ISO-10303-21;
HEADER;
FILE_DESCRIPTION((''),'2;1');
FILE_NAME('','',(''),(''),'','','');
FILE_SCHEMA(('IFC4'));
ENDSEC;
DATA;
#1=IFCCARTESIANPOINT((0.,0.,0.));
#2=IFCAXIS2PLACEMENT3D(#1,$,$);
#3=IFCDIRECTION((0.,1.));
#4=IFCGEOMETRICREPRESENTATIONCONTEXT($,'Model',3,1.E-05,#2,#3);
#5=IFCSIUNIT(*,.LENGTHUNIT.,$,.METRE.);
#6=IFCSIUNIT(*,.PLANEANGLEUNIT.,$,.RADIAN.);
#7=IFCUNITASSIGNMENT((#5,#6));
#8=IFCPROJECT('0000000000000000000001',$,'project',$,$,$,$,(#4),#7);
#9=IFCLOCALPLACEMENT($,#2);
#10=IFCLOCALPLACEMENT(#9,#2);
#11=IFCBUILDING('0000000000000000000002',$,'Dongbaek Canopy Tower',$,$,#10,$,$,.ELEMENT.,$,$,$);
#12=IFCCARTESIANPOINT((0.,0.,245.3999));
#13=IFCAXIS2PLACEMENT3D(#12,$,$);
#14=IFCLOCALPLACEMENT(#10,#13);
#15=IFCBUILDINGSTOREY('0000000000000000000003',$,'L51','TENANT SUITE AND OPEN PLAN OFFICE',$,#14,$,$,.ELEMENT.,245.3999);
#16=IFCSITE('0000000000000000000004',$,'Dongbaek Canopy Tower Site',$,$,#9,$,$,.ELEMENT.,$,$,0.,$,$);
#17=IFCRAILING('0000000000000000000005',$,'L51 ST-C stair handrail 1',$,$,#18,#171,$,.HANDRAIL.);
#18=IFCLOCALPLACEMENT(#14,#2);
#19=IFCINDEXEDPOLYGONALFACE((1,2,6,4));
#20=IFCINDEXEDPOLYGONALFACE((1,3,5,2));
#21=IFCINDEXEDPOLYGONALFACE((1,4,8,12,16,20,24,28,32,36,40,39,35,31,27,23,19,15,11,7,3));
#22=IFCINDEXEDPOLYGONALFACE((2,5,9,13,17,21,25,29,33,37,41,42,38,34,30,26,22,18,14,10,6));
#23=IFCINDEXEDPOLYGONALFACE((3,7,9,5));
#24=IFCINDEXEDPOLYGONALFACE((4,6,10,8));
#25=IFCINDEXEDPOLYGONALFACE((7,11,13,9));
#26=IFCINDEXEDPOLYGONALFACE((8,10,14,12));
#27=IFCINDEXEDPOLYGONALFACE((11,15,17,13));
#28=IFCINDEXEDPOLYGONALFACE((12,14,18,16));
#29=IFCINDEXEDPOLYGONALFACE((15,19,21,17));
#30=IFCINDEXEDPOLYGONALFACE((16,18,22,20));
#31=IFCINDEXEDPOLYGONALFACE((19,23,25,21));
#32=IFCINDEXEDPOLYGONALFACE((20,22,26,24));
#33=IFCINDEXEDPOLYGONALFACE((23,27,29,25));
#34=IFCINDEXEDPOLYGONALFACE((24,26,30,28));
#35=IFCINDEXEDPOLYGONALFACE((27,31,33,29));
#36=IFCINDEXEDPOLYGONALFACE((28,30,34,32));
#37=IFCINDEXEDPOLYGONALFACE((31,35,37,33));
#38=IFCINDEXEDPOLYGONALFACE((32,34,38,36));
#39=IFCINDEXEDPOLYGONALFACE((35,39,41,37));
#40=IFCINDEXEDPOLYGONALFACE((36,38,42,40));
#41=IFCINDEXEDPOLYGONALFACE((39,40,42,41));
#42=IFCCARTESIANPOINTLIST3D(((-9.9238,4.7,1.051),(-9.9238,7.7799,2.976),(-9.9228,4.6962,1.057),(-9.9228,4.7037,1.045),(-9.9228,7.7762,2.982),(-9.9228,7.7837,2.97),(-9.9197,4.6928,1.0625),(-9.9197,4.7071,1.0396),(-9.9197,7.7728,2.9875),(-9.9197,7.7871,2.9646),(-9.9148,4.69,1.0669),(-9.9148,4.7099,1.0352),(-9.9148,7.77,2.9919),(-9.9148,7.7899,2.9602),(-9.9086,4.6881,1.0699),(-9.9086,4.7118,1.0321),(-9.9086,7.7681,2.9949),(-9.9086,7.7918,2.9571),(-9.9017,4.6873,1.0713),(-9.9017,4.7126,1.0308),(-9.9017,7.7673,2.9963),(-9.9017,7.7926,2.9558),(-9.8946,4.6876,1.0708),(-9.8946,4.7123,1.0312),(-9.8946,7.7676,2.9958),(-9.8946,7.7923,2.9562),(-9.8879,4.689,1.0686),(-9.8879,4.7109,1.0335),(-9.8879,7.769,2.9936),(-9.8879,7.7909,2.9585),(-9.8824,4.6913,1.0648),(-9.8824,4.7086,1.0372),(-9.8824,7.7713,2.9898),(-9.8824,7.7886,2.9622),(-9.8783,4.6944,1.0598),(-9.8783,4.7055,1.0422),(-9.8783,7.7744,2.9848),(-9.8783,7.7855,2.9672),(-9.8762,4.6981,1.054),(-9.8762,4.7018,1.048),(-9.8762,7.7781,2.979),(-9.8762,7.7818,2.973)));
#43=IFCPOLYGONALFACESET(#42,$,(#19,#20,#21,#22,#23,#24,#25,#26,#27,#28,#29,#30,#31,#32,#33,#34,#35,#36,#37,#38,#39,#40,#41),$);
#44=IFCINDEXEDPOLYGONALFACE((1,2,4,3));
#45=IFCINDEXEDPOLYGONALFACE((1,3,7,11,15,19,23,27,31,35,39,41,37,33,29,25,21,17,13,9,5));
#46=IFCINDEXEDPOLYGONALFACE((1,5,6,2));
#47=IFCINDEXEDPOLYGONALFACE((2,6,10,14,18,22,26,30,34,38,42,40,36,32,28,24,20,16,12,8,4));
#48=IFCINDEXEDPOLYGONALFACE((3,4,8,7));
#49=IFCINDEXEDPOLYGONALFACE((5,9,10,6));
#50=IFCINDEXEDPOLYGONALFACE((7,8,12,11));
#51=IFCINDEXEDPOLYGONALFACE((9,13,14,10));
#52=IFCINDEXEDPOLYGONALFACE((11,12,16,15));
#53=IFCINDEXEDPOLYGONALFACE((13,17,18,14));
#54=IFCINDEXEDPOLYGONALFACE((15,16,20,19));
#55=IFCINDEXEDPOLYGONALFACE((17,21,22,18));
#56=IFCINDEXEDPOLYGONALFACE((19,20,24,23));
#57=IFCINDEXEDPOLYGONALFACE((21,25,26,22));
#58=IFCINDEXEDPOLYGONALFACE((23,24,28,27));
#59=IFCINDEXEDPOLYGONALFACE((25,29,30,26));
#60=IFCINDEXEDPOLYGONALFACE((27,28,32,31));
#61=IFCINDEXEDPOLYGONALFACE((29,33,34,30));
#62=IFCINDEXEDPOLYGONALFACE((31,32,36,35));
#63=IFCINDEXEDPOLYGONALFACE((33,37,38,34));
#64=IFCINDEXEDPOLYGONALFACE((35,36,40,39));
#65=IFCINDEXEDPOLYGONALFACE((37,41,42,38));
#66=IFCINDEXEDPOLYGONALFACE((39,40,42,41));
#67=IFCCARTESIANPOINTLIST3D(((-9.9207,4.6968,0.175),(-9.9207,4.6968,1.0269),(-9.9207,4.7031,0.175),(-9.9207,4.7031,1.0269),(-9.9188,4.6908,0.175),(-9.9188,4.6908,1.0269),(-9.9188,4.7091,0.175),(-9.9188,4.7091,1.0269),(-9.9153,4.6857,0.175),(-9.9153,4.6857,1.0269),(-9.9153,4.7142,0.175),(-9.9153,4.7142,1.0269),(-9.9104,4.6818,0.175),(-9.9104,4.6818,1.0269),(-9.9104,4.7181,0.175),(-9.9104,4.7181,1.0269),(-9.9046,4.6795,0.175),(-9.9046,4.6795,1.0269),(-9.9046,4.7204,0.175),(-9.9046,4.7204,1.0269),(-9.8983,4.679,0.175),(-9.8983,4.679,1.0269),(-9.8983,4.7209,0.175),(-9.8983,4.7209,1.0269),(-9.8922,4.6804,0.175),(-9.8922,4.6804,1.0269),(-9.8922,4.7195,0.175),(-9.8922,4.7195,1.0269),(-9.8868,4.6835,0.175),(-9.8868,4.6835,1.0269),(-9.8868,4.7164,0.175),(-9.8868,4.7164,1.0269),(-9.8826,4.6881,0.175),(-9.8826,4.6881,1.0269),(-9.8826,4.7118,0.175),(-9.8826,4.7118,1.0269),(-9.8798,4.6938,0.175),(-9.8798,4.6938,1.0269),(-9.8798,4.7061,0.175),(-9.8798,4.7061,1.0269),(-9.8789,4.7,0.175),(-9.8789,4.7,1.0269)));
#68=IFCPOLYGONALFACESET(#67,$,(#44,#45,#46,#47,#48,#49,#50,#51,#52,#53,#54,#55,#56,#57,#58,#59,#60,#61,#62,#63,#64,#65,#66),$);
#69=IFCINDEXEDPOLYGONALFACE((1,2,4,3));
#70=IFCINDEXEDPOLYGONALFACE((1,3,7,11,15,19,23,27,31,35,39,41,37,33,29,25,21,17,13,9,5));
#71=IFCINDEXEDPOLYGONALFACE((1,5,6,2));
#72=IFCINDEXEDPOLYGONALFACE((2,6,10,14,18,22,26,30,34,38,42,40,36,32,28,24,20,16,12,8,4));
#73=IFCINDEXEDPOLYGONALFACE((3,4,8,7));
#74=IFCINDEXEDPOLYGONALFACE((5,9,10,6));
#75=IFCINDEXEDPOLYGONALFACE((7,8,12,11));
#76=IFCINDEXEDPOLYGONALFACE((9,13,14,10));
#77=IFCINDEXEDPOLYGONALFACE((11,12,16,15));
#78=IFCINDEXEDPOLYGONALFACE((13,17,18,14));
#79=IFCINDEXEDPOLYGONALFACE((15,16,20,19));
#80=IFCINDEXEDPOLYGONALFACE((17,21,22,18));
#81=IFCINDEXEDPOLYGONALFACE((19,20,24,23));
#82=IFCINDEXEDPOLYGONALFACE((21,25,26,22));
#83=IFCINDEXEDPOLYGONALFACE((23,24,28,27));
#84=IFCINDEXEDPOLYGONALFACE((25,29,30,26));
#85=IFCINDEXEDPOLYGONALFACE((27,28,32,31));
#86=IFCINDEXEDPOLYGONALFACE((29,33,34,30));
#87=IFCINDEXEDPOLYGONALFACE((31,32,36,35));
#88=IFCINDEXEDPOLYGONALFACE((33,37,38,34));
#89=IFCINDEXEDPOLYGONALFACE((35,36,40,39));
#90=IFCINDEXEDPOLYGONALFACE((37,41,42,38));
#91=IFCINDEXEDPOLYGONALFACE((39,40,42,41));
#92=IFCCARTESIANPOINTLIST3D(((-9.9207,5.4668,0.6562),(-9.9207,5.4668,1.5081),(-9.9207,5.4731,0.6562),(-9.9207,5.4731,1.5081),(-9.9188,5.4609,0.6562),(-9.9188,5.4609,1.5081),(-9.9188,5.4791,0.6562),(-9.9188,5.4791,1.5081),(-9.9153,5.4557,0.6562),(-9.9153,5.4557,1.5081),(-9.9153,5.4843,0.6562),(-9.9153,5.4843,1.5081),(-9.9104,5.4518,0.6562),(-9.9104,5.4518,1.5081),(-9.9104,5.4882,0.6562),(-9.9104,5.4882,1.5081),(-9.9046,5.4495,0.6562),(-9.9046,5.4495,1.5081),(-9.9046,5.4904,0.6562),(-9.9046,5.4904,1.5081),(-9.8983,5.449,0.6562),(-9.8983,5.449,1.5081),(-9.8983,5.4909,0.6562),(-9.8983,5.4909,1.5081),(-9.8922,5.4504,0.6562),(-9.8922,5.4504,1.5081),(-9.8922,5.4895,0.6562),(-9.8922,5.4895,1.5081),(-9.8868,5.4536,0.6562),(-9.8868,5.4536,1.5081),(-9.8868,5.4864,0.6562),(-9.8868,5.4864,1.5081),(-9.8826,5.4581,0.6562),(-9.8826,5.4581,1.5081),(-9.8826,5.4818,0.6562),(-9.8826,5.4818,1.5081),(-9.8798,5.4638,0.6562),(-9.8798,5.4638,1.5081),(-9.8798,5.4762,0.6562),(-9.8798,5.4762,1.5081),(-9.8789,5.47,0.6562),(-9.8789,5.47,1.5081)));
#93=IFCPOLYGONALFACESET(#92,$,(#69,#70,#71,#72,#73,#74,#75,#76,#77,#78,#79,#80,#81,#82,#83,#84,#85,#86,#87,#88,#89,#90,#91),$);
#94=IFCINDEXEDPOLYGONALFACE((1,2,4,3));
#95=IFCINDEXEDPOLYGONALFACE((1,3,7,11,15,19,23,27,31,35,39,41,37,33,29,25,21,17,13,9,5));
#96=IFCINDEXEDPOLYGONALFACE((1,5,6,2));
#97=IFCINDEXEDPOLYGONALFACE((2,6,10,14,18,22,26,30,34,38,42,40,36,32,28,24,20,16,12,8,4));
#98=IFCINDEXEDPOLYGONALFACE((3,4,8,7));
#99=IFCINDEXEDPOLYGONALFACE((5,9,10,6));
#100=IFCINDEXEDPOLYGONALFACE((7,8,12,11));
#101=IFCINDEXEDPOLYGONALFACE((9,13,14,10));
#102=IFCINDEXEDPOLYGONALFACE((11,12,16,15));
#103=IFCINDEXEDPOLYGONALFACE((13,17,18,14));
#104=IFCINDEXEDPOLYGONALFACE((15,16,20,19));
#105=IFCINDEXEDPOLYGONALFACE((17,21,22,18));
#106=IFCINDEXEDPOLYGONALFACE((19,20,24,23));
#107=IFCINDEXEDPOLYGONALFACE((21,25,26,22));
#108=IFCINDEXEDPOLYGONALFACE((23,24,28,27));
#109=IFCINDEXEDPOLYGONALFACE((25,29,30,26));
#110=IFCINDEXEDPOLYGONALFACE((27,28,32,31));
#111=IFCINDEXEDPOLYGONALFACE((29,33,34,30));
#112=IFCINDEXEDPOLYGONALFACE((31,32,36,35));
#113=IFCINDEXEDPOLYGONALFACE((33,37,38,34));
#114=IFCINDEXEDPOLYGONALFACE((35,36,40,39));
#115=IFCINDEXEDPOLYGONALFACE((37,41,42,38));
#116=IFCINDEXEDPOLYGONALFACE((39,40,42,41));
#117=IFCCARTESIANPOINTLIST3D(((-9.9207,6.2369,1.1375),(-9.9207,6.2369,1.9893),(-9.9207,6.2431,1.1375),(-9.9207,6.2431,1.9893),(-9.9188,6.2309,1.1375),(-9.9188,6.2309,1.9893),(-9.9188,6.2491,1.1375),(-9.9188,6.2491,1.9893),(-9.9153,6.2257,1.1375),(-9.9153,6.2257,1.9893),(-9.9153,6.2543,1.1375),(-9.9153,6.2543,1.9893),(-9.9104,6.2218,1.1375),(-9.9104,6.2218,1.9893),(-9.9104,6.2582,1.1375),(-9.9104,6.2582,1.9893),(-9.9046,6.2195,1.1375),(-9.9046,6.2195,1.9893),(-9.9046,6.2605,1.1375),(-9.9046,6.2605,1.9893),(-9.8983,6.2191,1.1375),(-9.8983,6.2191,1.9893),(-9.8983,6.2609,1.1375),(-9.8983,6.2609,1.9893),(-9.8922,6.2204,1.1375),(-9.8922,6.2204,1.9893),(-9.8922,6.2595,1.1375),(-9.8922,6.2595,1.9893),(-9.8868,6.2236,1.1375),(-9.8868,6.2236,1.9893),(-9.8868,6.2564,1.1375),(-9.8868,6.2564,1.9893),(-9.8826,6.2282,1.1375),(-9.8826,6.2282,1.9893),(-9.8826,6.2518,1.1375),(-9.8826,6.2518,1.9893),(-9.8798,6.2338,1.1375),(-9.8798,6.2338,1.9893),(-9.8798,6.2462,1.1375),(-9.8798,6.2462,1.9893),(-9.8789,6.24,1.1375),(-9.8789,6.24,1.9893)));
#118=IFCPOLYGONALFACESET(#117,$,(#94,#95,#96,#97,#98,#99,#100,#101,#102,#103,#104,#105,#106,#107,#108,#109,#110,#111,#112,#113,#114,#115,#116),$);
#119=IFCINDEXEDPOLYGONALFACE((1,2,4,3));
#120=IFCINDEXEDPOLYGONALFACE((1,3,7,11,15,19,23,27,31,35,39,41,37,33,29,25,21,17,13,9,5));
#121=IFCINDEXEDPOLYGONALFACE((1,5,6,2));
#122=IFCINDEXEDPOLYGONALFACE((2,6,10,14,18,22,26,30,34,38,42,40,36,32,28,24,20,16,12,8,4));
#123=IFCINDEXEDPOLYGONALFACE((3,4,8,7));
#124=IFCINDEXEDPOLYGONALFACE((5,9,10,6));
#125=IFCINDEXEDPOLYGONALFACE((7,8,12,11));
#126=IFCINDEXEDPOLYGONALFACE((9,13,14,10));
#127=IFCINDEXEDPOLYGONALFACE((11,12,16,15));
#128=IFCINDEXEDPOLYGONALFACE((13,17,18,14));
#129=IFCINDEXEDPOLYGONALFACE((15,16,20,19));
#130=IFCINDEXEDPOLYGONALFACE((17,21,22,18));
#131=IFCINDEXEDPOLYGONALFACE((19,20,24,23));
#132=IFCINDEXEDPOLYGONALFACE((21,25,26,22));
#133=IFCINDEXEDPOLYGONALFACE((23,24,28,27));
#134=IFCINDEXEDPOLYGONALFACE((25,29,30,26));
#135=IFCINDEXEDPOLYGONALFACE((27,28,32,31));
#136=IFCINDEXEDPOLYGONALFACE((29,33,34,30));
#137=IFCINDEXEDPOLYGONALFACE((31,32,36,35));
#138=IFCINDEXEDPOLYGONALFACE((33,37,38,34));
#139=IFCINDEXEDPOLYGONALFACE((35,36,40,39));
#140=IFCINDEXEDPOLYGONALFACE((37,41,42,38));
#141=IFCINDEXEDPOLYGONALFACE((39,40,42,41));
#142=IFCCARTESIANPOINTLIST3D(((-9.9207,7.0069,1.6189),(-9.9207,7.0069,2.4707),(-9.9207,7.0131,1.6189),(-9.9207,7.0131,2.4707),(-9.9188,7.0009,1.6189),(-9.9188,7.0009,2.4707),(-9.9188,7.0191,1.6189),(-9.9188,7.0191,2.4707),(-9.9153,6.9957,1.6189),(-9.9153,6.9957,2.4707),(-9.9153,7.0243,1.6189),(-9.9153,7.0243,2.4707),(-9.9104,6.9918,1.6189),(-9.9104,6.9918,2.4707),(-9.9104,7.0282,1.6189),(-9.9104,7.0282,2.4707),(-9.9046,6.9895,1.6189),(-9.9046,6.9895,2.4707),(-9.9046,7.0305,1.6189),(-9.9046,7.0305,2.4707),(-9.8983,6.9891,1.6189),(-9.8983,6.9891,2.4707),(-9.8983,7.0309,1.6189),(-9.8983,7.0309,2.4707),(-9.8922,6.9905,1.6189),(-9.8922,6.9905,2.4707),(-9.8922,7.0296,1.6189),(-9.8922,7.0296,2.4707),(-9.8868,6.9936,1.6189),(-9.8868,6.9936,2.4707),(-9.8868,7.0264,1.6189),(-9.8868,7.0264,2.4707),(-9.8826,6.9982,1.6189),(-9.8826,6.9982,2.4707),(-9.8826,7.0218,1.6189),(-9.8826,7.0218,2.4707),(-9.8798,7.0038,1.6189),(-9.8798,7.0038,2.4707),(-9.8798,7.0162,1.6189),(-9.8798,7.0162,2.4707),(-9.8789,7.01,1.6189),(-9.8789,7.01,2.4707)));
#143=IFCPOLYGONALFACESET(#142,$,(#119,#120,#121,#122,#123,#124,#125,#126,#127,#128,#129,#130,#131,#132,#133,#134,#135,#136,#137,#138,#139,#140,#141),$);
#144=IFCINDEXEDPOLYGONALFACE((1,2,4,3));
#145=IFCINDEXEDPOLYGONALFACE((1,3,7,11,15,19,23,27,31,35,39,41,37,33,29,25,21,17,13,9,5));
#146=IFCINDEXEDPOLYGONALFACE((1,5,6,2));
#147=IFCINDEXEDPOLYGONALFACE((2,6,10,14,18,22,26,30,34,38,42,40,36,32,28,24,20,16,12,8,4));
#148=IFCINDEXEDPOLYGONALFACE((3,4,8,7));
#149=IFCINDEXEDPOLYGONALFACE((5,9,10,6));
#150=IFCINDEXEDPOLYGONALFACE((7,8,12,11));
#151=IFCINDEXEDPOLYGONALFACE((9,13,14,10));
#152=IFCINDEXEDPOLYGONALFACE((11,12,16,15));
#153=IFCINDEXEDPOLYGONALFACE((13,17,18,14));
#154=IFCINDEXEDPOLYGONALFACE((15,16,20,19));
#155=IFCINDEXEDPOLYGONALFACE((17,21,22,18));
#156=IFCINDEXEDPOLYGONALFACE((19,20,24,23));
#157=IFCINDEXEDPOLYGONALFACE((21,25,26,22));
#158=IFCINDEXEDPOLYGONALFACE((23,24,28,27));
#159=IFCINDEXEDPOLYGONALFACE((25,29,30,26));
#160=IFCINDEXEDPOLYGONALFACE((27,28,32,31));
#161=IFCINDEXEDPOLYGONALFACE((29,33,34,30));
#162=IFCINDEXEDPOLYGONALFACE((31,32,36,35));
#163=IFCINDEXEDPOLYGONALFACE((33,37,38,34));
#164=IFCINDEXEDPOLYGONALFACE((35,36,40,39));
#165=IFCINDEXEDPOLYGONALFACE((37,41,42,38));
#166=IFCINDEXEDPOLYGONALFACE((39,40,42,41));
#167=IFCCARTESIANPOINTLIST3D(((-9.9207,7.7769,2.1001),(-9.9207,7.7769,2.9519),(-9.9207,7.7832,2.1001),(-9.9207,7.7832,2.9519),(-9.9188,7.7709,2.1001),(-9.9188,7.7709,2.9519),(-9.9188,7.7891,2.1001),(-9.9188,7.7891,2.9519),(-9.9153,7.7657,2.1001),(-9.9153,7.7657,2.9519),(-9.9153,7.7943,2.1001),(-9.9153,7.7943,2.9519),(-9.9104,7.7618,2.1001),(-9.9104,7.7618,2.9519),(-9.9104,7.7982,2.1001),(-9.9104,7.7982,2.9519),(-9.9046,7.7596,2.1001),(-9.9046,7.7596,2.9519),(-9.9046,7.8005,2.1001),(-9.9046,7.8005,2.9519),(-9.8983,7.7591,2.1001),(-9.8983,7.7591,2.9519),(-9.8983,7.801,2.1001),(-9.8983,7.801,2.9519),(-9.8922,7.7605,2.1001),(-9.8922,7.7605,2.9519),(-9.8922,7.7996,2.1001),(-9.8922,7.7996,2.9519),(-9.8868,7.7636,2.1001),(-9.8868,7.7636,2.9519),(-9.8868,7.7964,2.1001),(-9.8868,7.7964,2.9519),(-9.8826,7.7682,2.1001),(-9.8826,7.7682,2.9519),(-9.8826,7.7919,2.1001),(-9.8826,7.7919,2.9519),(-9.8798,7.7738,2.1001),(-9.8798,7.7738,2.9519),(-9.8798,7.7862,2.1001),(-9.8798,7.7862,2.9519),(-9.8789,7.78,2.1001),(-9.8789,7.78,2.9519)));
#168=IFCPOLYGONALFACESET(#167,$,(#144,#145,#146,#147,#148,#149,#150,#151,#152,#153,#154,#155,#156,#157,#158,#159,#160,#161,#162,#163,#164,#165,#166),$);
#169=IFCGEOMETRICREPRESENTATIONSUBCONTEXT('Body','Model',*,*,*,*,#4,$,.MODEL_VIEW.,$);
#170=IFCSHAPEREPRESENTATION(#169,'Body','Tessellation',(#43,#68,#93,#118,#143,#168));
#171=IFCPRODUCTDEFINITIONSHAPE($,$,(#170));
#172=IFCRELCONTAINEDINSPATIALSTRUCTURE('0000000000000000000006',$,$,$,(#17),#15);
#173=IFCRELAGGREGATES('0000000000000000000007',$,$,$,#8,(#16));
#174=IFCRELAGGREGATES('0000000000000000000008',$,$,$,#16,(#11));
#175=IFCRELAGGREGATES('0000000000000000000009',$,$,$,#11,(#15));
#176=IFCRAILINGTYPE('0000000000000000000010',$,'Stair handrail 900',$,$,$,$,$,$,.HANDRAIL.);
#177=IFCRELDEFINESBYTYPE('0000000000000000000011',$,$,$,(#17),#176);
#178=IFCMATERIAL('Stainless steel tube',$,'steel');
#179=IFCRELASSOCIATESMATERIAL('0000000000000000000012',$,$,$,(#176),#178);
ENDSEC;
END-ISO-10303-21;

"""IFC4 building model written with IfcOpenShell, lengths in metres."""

from ifc_helpers import new_model, si_unit, direction, frame, origin, origin_2d, place, context, subcontext, project, spatial, circle, extrude, material, type_object, element, save


model = new_model("IFC4")

# Units and contexts
model_context = context("Model", 3, precision=1e-05, world=origin(), true_north=direction((0.0, 1.0)))
body_context = subcontext(model_context, "Body", "Model", "MODEL_VIEW")
ifc_project = project(units=[si_unit("LENGTHUNIT", "METRE"), si_unit("PLANEANGLEUNIT", "RADIAN")], contexts=[model_context])

# Site, building, storey
site_placement = place(None, origin())
site = spatial("IfcSite", under=ifc_project, at=site_placement, Name="Dongbaek Canopy Tower Site", CompositionType="ELEMENT", RefElevation=0.0)
building_placement = place(site_placement, origin())
building = spatial("IfcBuilding", under=site, at=building_placement, Name="Dongbaek Canopy Tower", CompositionType="ELEMENT")
storey_placement = place(building_placement, frame((0.0, 0.0, 245.3999)))
storey = spatial("IfcBuildingStorey", under=building, at=storey_placement, Name="L51", Description="TENANT SUITE AND OPEN PLAN OFFICE", CompositionType="ELEMENT", Elevation=245.3999)

# Railing
ifc_material_1 = material(Name="Stainless steel tube", Category="steel")
railing_type_1 = type_object("IfcRailingType", Name="Stair handrail 900", PredefinedType="HANDRAIL", material=ifc_material_1)
railing_1_placement = place(storey_placement, frame((-9.8999, 4.7, 0.175)))
element("IfcRailing", 1, at=railing_1_placement, inside=storey, type_object=railing_type_1, Name="L51 ST-C stair handrail 1", PredefinedType="HANDRAIL", context=body_context, shape_type="SweptSolid", body=[
    extrude(circle(Radius=0.0239, at=origin_2d()), frame((0.0, 0.0, 0.876), z_axis=(0.0, 0.847998, 0.529999), x_axis=(-1.0, 0.0, 0.0)), (0.0, 0.0, 1.0), 3.6321),
    extrude(circle(Radius=0.021, at=origin_2d()), origin(), (0.0, 0.0, 1.0), 0.8518),
    extrude(circle(Radius=0.021, at=origin_2d()), frame((0.0, 0.77, 0.4812)), (0.0, 0.0, 1.0), 0.8518),
    extrude(circle(Radius=0.021, at=origin_2d()), frame((0.0, 1.54, 0.9624)), (0.0, 0.0, 1.0), 0.8518),
    extrude(circle(Radius=0.021, at=origin_2d()), frame((0.0, 2.3101, 1.4438)), (0.0, 0.0, 1.0), 0.8518),
    extrude(circle(Radius=0.021, at=origin_2d()), frame((0.0, 3.0801, 1.925)), (0.0, 0.0, 1.0), 0.8518),
])

save(model, "model.ifc")
